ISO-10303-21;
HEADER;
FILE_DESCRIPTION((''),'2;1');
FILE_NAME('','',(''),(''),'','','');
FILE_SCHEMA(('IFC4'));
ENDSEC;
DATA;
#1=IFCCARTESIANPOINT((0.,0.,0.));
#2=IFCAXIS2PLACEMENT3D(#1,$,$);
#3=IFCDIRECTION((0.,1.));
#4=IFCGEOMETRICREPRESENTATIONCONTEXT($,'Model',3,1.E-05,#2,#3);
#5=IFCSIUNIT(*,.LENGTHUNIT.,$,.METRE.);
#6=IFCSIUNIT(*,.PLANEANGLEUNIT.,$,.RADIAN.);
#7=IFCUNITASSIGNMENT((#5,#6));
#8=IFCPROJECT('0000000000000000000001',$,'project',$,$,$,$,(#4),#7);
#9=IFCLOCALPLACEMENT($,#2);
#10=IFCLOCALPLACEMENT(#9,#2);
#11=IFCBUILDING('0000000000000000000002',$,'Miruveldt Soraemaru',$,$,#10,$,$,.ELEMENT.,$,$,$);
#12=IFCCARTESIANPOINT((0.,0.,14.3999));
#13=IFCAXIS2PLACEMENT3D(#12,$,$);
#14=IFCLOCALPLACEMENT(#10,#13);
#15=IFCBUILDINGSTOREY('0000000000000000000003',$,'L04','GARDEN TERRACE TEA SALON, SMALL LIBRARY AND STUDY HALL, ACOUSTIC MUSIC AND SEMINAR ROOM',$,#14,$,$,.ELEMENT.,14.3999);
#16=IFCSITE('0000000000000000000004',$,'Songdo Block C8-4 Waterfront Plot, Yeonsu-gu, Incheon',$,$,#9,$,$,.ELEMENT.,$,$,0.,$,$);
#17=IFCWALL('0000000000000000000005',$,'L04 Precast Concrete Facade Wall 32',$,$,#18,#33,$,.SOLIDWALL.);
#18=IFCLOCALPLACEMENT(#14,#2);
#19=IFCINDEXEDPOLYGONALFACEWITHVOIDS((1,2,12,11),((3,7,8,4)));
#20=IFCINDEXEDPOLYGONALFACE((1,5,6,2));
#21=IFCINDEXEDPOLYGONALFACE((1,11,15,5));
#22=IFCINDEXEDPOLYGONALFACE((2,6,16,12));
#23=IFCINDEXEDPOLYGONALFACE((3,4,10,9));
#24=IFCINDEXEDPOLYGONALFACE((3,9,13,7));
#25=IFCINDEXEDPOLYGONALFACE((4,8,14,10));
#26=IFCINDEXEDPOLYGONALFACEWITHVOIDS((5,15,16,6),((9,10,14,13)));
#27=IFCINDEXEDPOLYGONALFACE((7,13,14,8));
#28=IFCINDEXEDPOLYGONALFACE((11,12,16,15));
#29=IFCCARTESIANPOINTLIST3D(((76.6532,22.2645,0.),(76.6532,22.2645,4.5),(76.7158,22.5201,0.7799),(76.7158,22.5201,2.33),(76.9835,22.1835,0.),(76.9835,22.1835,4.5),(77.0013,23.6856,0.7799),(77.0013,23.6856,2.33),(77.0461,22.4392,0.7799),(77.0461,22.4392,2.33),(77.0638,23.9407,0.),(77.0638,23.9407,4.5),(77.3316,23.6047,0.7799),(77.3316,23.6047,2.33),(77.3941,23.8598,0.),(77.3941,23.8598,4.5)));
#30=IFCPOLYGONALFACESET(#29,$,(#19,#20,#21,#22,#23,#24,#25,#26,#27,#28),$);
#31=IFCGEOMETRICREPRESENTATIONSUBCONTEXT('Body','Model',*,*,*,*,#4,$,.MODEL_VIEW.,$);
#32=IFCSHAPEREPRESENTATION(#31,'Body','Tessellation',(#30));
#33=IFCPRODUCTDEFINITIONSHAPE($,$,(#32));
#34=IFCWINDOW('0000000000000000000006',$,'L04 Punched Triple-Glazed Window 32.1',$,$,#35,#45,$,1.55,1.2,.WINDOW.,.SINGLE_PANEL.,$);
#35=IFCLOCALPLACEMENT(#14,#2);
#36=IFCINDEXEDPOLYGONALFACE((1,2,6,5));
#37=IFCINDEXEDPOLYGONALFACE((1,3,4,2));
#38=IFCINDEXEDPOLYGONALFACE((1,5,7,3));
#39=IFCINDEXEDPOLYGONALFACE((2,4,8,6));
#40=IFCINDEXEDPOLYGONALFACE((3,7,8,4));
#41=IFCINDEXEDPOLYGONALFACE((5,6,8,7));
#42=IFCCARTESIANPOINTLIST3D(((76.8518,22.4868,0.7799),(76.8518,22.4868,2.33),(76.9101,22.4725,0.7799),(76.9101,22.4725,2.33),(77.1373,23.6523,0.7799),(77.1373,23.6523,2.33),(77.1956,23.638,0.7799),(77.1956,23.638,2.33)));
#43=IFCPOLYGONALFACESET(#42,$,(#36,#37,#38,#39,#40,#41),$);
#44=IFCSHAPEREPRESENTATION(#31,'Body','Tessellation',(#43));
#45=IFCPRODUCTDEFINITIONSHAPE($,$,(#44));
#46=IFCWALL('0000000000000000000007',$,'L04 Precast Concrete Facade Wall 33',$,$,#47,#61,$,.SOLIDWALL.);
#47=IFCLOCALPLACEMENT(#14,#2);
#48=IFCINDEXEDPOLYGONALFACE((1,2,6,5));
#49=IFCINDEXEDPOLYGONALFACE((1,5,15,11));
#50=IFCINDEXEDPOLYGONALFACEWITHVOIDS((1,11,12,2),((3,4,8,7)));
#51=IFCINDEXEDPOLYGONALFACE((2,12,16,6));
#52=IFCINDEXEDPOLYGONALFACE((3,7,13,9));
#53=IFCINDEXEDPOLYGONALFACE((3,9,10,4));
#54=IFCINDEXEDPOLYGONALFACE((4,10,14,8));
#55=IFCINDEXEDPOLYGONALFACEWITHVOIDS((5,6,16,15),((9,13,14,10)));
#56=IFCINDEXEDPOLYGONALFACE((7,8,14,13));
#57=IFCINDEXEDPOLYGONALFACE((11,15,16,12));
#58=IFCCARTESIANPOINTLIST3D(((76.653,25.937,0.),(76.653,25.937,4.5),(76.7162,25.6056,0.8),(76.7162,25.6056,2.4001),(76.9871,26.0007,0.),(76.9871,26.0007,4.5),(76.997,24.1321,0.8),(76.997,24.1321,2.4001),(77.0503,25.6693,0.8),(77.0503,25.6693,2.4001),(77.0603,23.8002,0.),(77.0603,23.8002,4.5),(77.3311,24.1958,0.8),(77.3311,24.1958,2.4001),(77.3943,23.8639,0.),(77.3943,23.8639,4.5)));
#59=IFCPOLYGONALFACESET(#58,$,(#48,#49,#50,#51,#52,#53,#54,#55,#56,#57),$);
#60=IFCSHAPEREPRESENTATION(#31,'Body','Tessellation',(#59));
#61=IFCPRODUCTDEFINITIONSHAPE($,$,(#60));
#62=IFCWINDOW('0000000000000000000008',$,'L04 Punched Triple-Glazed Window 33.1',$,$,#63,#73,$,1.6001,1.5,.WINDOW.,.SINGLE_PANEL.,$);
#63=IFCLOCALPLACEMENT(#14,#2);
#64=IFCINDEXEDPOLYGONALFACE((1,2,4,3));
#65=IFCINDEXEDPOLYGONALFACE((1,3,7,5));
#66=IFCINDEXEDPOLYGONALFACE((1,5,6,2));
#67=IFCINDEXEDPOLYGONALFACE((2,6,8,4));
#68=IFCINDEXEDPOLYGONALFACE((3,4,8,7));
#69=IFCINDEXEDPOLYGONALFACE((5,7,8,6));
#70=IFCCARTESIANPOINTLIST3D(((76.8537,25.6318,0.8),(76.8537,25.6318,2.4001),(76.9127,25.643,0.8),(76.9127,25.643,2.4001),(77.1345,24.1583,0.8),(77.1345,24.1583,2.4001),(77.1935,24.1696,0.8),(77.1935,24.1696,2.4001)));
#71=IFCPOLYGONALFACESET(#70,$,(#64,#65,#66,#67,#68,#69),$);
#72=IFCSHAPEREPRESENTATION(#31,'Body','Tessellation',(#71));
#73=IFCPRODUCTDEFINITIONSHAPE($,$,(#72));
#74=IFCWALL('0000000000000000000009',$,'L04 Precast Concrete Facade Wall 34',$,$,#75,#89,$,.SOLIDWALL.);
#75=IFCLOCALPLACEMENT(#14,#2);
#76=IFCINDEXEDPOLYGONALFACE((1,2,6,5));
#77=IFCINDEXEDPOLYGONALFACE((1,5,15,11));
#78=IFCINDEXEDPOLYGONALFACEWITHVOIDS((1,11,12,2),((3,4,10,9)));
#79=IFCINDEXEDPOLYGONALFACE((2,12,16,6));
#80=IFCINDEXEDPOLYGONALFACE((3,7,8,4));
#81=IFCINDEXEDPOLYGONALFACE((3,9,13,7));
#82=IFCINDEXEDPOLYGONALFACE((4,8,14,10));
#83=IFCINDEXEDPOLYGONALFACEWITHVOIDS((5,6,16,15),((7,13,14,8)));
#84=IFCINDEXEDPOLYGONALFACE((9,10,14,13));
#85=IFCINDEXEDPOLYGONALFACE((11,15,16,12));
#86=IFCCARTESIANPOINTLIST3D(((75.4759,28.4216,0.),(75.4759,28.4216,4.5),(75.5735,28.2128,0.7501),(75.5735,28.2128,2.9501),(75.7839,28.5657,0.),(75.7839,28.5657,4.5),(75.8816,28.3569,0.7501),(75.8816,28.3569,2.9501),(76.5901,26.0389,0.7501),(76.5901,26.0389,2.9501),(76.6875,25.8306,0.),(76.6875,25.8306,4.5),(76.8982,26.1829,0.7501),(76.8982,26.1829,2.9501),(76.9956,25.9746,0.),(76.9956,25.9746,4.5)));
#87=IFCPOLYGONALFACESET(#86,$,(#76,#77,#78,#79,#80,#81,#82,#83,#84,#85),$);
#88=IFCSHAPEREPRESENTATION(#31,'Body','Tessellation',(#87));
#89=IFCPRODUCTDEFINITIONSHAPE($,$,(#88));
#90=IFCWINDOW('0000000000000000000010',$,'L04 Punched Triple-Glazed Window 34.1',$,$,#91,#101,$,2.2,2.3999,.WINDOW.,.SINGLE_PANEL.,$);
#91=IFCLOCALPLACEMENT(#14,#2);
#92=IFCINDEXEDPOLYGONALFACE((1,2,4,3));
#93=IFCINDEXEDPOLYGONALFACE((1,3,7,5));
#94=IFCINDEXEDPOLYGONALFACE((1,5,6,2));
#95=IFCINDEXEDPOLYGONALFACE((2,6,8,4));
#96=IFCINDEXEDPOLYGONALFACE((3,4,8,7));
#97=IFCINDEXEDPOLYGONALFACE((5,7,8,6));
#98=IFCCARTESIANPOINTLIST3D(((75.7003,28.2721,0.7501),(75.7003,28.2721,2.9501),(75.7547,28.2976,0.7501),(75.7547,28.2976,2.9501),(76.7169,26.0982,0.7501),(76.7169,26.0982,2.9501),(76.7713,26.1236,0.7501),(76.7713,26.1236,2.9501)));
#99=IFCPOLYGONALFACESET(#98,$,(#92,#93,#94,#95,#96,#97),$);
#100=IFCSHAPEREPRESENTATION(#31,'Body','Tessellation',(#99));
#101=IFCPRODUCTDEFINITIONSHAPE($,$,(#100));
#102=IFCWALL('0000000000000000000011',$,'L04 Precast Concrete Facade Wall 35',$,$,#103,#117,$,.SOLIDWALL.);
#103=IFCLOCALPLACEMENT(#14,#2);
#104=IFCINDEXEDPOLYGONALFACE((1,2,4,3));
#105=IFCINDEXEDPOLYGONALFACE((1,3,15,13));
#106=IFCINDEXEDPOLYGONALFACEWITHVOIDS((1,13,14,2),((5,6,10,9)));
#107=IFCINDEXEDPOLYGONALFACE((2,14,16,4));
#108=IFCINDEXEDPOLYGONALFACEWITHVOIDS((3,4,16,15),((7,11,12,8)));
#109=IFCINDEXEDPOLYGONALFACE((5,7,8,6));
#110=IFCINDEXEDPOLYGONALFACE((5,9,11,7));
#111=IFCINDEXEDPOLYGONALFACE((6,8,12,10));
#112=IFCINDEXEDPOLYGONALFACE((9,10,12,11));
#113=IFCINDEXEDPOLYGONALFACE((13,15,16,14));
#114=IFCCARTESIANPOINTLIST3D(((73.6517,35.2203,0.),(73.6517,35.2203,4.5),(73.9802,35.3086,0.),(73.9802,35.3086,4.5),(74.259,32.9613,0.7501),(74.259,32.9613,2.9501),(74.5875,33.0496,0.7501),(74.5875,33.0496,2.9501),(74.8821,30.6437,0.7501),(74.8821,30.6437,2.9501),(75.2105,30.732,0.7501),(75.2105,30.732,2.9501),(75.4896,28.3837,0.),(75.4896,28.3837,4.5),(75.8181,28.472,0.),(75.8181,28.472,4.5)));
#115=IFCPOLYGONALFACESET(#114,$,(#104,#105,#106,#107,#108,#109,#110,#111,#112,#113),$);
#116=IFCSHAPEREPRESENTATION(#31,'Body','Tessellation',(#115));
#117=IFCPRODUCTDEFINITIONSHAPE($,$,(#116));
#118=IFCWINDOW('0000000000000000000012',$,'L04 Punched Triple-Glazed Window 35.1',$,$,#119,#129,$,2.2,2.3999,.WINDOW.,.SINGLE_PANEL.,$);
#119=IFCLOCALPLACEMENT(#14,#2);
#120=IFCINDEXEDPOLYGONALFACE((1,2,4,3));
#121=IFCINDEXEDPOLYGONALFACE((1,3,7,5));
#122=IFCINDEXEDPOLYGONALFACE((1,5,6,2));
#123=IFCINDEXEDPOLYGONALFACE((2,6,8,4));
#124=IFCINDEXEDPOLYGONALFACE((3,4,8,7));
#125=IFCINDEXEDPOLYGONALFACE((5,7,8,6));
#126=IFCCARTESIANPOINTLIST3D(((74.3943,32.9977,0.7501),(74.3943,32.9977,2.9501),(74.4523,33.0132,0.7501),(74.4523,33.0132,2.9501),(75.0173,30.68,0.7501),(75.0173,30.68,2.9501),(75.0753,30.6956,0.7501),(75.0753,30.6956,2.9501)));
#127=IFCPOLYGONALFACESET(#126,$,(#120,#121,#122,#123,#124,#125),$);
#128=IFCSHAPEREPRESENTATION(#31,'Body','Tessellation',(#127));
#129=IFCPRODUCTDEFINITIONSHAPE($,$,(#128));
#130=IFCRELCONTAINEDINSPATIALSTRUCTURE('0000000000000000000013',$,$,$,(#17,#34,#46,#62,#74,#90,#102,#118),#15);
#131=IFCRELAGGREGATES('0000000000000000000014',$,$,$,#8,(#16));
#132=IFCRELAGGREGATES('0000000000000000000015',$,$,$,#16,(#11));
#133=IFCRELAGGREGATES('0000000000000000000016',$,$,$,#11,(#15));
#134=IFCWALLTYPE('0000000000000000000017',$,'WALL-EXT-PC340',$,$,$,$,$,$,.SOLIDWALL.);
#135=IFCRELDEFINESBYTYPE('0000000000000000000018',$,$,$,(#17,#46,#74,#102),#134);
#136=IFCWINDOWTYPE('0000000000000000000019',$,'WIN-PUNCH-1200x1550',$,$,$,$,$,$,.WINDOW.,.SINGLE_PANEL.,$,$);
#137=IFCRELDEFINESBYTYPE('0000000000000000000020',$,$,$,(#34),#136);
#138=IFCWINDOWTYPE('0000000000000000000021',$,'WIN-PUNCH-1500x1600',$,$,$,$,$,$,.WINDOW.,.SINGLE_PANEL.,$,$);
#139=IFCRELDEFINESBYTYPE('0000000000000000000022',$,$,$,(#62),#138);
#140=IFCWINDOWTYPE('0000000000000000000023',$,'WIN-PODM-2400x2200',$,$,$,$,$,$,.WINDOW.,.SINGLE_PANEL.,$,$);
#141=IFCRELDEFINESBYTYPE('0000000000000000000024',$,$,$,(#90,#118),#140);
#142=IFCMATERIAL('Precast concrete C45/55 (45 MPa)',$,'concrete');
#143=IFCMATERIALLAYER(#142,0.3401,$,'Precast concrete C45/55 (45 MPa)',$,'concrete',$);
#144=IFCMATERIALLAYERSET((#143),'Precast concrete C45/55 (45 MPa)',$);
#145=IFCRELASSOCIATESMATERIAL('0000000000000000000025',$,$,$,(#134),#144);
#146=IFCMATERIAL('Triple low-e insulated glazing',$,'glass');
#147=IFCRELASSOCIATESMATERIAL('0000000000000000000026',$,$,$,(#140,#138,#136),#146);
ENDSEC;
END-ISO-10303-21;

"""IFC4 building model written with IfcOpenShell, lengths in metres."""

from ifc_helpers import new_model, si_unit, direction, frame, frame_2d, origin, place, context, subcontext, project, spatial, rectangle, extrude, material, layer, layer_set, type_object, element, fill, save


model = new_model("IFC4")

# Units and contexts
model_context = context("Model", 3, precision=1e-05, world=origin(), true_north=direction((0.0, 1.0)))
body_context = subcontext(model_context, "Body", "Model", "MODEL_VIEW")
ifc_project = project(units=[si_unit("LENGTHUNIT", "METRE"), si_unit("PLANEANGLEUNIT", "RADIAN")], contexts=[model_context])

# Site, building, storey
site_placement = place(None, origin())
site = spatial("IfcSite", under=ifc_project, at=site_placement, Name="Songdo Block C8-4 Waterfront Plot, Yeonsu-gu, Incheon", CompositionType="ELEMENT", RefElevation=0.0)
building_placement = place(site_placement, origin())
building = spatial("IfcBuilding", under=site, at=building_placement, Name="Miruveldt Soraemaru", CompositionType="ELEMENT")
storey_placement = place(building_placement, frame((0.0, 0.0, 14.3999)))
storey = spatial("IfcBuildingStorey", under=building, at=storey_placement, Name="L04", Description="GARDEN TERRACE TEA SALON, SMALL LIBRARY AND STUDY HALL, ACOUSTIC MUSIC AND SEMINAR ROOM", CompositionType="ELEMENT", Elevation=14.3999)

# Walls, openings, windows
ifc_material_1 = material(Name="Precast concrete C45/55 (45 MPa)", Category="concrete")
ifc_layer_1 = layer(ifc_material_1, 0.3401, Name="Precast concrete C45/55 (45 MPa)", Category="concrete")
ifc_layer_set_1 = layer_set([ifc_layer_1], Name="Precast concrete C45/55 (45 MPa)")
wall_type_1 = type_object("IfcWallType", Name="WALL-EXT-PC340", PredefinedType="SOLIDWALL", material=ifc_layer_set_1)
ifc_material_2 = material(Name="Triple low-e insulated glazing", Category="glass")
window_type_1 = type_object("IfcWindowType", Name="WIN-PODM-2400x2200", PartitioningType="SINGLE_PANEL", PredefinedType="WINDOW", material=ifc_material_2)
window_type_2 = type_object("IfcWindowType", Name="WIN-PUNCH-1500x1600", PartitioningType="SINGLE_PANEL", PredefinedType="WINDOW", material=ifc_material_2)
window_type_3 = type_object("IfcWindowType", Name="WIN-PUNCH-1200x1550", PartitioningType="SINGLE_PANEL", PredefinedType="WINDOW", material=ifc_material_2)
wall_1_placement = place(storey_placement, frame((76.8184, 22.2241, 0.0), z_axis=(0.0, 0.0, 1.0), x_axis=(0.23794, 0.97128, 0.0)))
wall_1 = element("IfcWall", 1, at=wall_1_placement, inside=storey, type_object=wall_type_1, Name="L04 Precast Concrete Facade Wall 32", PredefinedType="SOLIDWALL", context=body_context, shape_type="SweptSolid", body=[
    extrude(rectangle(XDim=1.7258, YDim=0.3401, at=frame_2d((0.8628, 0.0))), origin(), (0.0, 0.0, 1.0), 4.5),
])
opening_1_placement = place(wall_1_placement, frame((0.2629, 0.0, 0.78)))
opening_1 = element("IfcOpeningElement", 2, at=opening_1_placement, cuts=wall_1, PredefinedType="OPENING", context=body_context, shape_type="SweptSolid", body=[
    extrude(rectangle(XDim=1.2, YDim=1.55, at=frame_2d((0.6001, 0.7749))), frame((0.0, 0.1802, 0.0), z_axis=(0.0, -1.0, 0.0), x_axis=(1.0, 0.0, 0.0)), (0.0, 0.0, 1.0), 0.3601),
])
window_1_placement = place(opening_1_placement, origin())
window_1 = element("IfcWindow", 3, at=window_1_placement, inside=storey, type_object=window_type_3, Name="L04 Punched Triple-Glazed Window 32.1", OverallHeight=1.55, OverallWidth=1.2, PartitioningType="SINGLE_PANEL", PredefinedType="WINDOW", context=body_context, shape_type="SweptSolid", body=[
    extrude(rectangle(XDim=1.2, YDim=1.55, at=frame_2d((0.6001, 0.7749))), frame((0.0, 0.03, 0.0), z_axis=(0.0, -1.0, 0.0), x_axis=(1.0, 0.0, 0.0)), (0.0, 0.0, 1.0), 0.0601),
])
fill(opening_1, window_1)
wall_2_placement = place(storey_placement, frame((77.2273, 23.832, 0.0), z_axis=(0.0, 0.0, 1.0), x_axis=(-0.187215, 0.982319, 0.0)))
wall_2 = element("IfcWall", 4, at=wall_2_placement, inside=storey, type_object=wall_type_1, Name="L04 Precast Concrete Facade Wall 33", PredefinedType="SOLIDWALL", context=body_context, shape_type="SweptSolid", body=[
    extrude(rectangle(XDim=2.1753, YDim=0.3401, at=frame_2d((1.0876, 0.0))), origin(), (0.0, 0.0, 1.0), 4.5),
])
opening_2_placement = place(wall_2_placement, frame((0.3379, 0.0, 0.8)))
opening_2 = element("IfcOpeningElement", 5, at=opening_2_placement, cuts=wall_2, PredefinedType="OPENING", context=body_context, shape_type="SweptSolid", body=[
    extrude(rectangle(XDim=1.5, YDim=1.6001, at=frame_2d((0.75, 0.8))), frame((0.0, 0.1802, 0.0), z_axis=(0.0, -1.0, 0.0), x_axis=(1.0, 0.0, 0.0)), (0.0, 0.0, 1.0), 0.3601),
])
window_2_placement = place(opening_2_placement, origin())
window_2 = element("IfcWindow", 6, at=window_2_placement, inside=storey, type_object=window_type_2, Name="L04 Punched Triple-Glazed Window 33.1", OverallHeight=1.6001, OverallWidth=1.5, PartitioningType="SINGLE_PANEL", PredefinedType="WINDOW", context=body_context, shape_type="SweptSolid", body=[
    extrude(rectangle(XDim=1.5, YDim=1.6001, at=frame_2d((0.75, 0.8))), frame((0.0, 0.03, 0.0), z_axis=(0.0, -1.0, 0.0), x_axis=(1.0, 0.0, 0.0)), (0.0, 0.0, 1.0), 0.0601),
])
fill(opening_2, window_2)
wall_3_placement = place(storey_placement, frame((76.8416, 25.9026, 0.0), z_axis=(0.0, 0.0, 1.0), x_axis=(-0.423605, 0.905847, 0.0)))
wall_3 = element("IfcWall", 7, at=wall_3_placement, inside=storey, type_object=wall_type_1, Name="L04 Precast Concrete Facade Wall 34", PredefinedType="SOLIDWALL", context=body_context, shape_type="SweptSolid", body=[
    extrude(rectangle(XDim=2.8604, YDim=0.3401, at=frame_2d((1.4302, 0.0))), origin(), (0.0, 0.0, 1.0), 4.5),
])
opening_3_placement = place(wall_3_placement, frame((0.23, 0.0, 0.75)))
opening_3 = element("IfcOpeningElement", 8, at=opening_3_placement, cuts=wall_3, PredefinedType="OPENING", context=body_context, shape_type="SweptSolid", body=[
    extrude(rectangle(XDim=2.3999, YDim=2.2, at=frame_2d((1.2, 1.1001))), frame((0.0, 0.1802, 0.0), z_axis=(0.0, -1.0, 0.0), x_axis=(1.0, 0.0, 0.0)), (0.0, 0.0, 1.0), 0.3601),
])
window_3_placement = place(opening_3_placement, origin())
window_3 = element("IfcWindow", 9, at=window_3_placement, inside=storey, type_object=window_type_1, Name="L04 Punched Triple-Glazed Window 34.1", OverallHeight=2.2, OverallWidth=2.3999, PartitioningType="SINGLE_PANEL", PredefinedType="WINDOW", context=body_context, shape_type="SweptSolid", body=[
    extrude(rectangle(XDim=2.3999, YDim=2.2, at=frame_2d((1.2, 1.1001))), frame((0.0, 0.03, 0.0), z_axis=(0.0, -1.0, 0.0), x_axis=(1.0, 0.0, 0.0)), (0.0, 0.0, 1.0), 0.0601),
])
fill(opening_3, window_3)
wall_4_placement = place(storey_placement, frame((75.6538, 28.428, 0.0), z_axis=(0.0, 0.0, 1.0), x_axis=(-0.259611, 0.965713, 0.0)))
wall_4 = element("IfcWall", 10, at=wall_4_placement, inside=storey, type_object=wall_type_1, Name="L04 Precast Concrete Facade Wall 35", PredefinedType="SOLIDWALL", context=body_context, shape_type="SweptSolid", body=[
    extrude(rectangle(XDim=7.0793, YDim=0.3401, at=frame_2d((3.5396, 0.0))), origin(), (0.0, 0.0, 1.0), 4.5),
])
opening_4_placement = place(wall_4_placement, frame((2.3401, 0.0, 0.75)))
opening_4 = element("IfcOpeningElement", 11, at=opening_4_placement, cuts=wall_4, PredefinedType="OPENING", context=body_context, shape_type="SweptSolid", body=[
    extrude(rectangle(XDim=2.3999, YDim=2.2, at=frame_2d((1.2, 1.1001))), frame((0.0, 0.1802, 0.0), z_axis=(0.0, -1.0, 0.0), x_axis=(1.0, 0.0, 0.0)), (0.0, 0.0, 1.0), 0.3601),
])
window_4_placement = place(opening_4_placement, origin())
window_4 = element("IfcWindow", 12, at=window_4_placement, inside=storey, type_object=window_type_1, Name="L04 Punched Triple-Glazed Window 35.1", OverallHeight=2.2, OverallWidth=2.3999, PartitioningType="SINGLE_PANEL", PredefinedType="WINDOW", context=body_context, shape_type="SweptSolid", body=[
    extrude(rectangle(XDim=2.3999, YDim=2.2, at=frame_2d((1.2, 1.1001))), frame((0.0, 0.03, 0.0), z_axis=(0.0, -1.0, 0.0), x_axis=(1.0, 0.0, 0.0)), (0.0, 0.0, 1.0), 0.0601),
])
fill(opening_4, window_4)

save(model, "model.ifc")
